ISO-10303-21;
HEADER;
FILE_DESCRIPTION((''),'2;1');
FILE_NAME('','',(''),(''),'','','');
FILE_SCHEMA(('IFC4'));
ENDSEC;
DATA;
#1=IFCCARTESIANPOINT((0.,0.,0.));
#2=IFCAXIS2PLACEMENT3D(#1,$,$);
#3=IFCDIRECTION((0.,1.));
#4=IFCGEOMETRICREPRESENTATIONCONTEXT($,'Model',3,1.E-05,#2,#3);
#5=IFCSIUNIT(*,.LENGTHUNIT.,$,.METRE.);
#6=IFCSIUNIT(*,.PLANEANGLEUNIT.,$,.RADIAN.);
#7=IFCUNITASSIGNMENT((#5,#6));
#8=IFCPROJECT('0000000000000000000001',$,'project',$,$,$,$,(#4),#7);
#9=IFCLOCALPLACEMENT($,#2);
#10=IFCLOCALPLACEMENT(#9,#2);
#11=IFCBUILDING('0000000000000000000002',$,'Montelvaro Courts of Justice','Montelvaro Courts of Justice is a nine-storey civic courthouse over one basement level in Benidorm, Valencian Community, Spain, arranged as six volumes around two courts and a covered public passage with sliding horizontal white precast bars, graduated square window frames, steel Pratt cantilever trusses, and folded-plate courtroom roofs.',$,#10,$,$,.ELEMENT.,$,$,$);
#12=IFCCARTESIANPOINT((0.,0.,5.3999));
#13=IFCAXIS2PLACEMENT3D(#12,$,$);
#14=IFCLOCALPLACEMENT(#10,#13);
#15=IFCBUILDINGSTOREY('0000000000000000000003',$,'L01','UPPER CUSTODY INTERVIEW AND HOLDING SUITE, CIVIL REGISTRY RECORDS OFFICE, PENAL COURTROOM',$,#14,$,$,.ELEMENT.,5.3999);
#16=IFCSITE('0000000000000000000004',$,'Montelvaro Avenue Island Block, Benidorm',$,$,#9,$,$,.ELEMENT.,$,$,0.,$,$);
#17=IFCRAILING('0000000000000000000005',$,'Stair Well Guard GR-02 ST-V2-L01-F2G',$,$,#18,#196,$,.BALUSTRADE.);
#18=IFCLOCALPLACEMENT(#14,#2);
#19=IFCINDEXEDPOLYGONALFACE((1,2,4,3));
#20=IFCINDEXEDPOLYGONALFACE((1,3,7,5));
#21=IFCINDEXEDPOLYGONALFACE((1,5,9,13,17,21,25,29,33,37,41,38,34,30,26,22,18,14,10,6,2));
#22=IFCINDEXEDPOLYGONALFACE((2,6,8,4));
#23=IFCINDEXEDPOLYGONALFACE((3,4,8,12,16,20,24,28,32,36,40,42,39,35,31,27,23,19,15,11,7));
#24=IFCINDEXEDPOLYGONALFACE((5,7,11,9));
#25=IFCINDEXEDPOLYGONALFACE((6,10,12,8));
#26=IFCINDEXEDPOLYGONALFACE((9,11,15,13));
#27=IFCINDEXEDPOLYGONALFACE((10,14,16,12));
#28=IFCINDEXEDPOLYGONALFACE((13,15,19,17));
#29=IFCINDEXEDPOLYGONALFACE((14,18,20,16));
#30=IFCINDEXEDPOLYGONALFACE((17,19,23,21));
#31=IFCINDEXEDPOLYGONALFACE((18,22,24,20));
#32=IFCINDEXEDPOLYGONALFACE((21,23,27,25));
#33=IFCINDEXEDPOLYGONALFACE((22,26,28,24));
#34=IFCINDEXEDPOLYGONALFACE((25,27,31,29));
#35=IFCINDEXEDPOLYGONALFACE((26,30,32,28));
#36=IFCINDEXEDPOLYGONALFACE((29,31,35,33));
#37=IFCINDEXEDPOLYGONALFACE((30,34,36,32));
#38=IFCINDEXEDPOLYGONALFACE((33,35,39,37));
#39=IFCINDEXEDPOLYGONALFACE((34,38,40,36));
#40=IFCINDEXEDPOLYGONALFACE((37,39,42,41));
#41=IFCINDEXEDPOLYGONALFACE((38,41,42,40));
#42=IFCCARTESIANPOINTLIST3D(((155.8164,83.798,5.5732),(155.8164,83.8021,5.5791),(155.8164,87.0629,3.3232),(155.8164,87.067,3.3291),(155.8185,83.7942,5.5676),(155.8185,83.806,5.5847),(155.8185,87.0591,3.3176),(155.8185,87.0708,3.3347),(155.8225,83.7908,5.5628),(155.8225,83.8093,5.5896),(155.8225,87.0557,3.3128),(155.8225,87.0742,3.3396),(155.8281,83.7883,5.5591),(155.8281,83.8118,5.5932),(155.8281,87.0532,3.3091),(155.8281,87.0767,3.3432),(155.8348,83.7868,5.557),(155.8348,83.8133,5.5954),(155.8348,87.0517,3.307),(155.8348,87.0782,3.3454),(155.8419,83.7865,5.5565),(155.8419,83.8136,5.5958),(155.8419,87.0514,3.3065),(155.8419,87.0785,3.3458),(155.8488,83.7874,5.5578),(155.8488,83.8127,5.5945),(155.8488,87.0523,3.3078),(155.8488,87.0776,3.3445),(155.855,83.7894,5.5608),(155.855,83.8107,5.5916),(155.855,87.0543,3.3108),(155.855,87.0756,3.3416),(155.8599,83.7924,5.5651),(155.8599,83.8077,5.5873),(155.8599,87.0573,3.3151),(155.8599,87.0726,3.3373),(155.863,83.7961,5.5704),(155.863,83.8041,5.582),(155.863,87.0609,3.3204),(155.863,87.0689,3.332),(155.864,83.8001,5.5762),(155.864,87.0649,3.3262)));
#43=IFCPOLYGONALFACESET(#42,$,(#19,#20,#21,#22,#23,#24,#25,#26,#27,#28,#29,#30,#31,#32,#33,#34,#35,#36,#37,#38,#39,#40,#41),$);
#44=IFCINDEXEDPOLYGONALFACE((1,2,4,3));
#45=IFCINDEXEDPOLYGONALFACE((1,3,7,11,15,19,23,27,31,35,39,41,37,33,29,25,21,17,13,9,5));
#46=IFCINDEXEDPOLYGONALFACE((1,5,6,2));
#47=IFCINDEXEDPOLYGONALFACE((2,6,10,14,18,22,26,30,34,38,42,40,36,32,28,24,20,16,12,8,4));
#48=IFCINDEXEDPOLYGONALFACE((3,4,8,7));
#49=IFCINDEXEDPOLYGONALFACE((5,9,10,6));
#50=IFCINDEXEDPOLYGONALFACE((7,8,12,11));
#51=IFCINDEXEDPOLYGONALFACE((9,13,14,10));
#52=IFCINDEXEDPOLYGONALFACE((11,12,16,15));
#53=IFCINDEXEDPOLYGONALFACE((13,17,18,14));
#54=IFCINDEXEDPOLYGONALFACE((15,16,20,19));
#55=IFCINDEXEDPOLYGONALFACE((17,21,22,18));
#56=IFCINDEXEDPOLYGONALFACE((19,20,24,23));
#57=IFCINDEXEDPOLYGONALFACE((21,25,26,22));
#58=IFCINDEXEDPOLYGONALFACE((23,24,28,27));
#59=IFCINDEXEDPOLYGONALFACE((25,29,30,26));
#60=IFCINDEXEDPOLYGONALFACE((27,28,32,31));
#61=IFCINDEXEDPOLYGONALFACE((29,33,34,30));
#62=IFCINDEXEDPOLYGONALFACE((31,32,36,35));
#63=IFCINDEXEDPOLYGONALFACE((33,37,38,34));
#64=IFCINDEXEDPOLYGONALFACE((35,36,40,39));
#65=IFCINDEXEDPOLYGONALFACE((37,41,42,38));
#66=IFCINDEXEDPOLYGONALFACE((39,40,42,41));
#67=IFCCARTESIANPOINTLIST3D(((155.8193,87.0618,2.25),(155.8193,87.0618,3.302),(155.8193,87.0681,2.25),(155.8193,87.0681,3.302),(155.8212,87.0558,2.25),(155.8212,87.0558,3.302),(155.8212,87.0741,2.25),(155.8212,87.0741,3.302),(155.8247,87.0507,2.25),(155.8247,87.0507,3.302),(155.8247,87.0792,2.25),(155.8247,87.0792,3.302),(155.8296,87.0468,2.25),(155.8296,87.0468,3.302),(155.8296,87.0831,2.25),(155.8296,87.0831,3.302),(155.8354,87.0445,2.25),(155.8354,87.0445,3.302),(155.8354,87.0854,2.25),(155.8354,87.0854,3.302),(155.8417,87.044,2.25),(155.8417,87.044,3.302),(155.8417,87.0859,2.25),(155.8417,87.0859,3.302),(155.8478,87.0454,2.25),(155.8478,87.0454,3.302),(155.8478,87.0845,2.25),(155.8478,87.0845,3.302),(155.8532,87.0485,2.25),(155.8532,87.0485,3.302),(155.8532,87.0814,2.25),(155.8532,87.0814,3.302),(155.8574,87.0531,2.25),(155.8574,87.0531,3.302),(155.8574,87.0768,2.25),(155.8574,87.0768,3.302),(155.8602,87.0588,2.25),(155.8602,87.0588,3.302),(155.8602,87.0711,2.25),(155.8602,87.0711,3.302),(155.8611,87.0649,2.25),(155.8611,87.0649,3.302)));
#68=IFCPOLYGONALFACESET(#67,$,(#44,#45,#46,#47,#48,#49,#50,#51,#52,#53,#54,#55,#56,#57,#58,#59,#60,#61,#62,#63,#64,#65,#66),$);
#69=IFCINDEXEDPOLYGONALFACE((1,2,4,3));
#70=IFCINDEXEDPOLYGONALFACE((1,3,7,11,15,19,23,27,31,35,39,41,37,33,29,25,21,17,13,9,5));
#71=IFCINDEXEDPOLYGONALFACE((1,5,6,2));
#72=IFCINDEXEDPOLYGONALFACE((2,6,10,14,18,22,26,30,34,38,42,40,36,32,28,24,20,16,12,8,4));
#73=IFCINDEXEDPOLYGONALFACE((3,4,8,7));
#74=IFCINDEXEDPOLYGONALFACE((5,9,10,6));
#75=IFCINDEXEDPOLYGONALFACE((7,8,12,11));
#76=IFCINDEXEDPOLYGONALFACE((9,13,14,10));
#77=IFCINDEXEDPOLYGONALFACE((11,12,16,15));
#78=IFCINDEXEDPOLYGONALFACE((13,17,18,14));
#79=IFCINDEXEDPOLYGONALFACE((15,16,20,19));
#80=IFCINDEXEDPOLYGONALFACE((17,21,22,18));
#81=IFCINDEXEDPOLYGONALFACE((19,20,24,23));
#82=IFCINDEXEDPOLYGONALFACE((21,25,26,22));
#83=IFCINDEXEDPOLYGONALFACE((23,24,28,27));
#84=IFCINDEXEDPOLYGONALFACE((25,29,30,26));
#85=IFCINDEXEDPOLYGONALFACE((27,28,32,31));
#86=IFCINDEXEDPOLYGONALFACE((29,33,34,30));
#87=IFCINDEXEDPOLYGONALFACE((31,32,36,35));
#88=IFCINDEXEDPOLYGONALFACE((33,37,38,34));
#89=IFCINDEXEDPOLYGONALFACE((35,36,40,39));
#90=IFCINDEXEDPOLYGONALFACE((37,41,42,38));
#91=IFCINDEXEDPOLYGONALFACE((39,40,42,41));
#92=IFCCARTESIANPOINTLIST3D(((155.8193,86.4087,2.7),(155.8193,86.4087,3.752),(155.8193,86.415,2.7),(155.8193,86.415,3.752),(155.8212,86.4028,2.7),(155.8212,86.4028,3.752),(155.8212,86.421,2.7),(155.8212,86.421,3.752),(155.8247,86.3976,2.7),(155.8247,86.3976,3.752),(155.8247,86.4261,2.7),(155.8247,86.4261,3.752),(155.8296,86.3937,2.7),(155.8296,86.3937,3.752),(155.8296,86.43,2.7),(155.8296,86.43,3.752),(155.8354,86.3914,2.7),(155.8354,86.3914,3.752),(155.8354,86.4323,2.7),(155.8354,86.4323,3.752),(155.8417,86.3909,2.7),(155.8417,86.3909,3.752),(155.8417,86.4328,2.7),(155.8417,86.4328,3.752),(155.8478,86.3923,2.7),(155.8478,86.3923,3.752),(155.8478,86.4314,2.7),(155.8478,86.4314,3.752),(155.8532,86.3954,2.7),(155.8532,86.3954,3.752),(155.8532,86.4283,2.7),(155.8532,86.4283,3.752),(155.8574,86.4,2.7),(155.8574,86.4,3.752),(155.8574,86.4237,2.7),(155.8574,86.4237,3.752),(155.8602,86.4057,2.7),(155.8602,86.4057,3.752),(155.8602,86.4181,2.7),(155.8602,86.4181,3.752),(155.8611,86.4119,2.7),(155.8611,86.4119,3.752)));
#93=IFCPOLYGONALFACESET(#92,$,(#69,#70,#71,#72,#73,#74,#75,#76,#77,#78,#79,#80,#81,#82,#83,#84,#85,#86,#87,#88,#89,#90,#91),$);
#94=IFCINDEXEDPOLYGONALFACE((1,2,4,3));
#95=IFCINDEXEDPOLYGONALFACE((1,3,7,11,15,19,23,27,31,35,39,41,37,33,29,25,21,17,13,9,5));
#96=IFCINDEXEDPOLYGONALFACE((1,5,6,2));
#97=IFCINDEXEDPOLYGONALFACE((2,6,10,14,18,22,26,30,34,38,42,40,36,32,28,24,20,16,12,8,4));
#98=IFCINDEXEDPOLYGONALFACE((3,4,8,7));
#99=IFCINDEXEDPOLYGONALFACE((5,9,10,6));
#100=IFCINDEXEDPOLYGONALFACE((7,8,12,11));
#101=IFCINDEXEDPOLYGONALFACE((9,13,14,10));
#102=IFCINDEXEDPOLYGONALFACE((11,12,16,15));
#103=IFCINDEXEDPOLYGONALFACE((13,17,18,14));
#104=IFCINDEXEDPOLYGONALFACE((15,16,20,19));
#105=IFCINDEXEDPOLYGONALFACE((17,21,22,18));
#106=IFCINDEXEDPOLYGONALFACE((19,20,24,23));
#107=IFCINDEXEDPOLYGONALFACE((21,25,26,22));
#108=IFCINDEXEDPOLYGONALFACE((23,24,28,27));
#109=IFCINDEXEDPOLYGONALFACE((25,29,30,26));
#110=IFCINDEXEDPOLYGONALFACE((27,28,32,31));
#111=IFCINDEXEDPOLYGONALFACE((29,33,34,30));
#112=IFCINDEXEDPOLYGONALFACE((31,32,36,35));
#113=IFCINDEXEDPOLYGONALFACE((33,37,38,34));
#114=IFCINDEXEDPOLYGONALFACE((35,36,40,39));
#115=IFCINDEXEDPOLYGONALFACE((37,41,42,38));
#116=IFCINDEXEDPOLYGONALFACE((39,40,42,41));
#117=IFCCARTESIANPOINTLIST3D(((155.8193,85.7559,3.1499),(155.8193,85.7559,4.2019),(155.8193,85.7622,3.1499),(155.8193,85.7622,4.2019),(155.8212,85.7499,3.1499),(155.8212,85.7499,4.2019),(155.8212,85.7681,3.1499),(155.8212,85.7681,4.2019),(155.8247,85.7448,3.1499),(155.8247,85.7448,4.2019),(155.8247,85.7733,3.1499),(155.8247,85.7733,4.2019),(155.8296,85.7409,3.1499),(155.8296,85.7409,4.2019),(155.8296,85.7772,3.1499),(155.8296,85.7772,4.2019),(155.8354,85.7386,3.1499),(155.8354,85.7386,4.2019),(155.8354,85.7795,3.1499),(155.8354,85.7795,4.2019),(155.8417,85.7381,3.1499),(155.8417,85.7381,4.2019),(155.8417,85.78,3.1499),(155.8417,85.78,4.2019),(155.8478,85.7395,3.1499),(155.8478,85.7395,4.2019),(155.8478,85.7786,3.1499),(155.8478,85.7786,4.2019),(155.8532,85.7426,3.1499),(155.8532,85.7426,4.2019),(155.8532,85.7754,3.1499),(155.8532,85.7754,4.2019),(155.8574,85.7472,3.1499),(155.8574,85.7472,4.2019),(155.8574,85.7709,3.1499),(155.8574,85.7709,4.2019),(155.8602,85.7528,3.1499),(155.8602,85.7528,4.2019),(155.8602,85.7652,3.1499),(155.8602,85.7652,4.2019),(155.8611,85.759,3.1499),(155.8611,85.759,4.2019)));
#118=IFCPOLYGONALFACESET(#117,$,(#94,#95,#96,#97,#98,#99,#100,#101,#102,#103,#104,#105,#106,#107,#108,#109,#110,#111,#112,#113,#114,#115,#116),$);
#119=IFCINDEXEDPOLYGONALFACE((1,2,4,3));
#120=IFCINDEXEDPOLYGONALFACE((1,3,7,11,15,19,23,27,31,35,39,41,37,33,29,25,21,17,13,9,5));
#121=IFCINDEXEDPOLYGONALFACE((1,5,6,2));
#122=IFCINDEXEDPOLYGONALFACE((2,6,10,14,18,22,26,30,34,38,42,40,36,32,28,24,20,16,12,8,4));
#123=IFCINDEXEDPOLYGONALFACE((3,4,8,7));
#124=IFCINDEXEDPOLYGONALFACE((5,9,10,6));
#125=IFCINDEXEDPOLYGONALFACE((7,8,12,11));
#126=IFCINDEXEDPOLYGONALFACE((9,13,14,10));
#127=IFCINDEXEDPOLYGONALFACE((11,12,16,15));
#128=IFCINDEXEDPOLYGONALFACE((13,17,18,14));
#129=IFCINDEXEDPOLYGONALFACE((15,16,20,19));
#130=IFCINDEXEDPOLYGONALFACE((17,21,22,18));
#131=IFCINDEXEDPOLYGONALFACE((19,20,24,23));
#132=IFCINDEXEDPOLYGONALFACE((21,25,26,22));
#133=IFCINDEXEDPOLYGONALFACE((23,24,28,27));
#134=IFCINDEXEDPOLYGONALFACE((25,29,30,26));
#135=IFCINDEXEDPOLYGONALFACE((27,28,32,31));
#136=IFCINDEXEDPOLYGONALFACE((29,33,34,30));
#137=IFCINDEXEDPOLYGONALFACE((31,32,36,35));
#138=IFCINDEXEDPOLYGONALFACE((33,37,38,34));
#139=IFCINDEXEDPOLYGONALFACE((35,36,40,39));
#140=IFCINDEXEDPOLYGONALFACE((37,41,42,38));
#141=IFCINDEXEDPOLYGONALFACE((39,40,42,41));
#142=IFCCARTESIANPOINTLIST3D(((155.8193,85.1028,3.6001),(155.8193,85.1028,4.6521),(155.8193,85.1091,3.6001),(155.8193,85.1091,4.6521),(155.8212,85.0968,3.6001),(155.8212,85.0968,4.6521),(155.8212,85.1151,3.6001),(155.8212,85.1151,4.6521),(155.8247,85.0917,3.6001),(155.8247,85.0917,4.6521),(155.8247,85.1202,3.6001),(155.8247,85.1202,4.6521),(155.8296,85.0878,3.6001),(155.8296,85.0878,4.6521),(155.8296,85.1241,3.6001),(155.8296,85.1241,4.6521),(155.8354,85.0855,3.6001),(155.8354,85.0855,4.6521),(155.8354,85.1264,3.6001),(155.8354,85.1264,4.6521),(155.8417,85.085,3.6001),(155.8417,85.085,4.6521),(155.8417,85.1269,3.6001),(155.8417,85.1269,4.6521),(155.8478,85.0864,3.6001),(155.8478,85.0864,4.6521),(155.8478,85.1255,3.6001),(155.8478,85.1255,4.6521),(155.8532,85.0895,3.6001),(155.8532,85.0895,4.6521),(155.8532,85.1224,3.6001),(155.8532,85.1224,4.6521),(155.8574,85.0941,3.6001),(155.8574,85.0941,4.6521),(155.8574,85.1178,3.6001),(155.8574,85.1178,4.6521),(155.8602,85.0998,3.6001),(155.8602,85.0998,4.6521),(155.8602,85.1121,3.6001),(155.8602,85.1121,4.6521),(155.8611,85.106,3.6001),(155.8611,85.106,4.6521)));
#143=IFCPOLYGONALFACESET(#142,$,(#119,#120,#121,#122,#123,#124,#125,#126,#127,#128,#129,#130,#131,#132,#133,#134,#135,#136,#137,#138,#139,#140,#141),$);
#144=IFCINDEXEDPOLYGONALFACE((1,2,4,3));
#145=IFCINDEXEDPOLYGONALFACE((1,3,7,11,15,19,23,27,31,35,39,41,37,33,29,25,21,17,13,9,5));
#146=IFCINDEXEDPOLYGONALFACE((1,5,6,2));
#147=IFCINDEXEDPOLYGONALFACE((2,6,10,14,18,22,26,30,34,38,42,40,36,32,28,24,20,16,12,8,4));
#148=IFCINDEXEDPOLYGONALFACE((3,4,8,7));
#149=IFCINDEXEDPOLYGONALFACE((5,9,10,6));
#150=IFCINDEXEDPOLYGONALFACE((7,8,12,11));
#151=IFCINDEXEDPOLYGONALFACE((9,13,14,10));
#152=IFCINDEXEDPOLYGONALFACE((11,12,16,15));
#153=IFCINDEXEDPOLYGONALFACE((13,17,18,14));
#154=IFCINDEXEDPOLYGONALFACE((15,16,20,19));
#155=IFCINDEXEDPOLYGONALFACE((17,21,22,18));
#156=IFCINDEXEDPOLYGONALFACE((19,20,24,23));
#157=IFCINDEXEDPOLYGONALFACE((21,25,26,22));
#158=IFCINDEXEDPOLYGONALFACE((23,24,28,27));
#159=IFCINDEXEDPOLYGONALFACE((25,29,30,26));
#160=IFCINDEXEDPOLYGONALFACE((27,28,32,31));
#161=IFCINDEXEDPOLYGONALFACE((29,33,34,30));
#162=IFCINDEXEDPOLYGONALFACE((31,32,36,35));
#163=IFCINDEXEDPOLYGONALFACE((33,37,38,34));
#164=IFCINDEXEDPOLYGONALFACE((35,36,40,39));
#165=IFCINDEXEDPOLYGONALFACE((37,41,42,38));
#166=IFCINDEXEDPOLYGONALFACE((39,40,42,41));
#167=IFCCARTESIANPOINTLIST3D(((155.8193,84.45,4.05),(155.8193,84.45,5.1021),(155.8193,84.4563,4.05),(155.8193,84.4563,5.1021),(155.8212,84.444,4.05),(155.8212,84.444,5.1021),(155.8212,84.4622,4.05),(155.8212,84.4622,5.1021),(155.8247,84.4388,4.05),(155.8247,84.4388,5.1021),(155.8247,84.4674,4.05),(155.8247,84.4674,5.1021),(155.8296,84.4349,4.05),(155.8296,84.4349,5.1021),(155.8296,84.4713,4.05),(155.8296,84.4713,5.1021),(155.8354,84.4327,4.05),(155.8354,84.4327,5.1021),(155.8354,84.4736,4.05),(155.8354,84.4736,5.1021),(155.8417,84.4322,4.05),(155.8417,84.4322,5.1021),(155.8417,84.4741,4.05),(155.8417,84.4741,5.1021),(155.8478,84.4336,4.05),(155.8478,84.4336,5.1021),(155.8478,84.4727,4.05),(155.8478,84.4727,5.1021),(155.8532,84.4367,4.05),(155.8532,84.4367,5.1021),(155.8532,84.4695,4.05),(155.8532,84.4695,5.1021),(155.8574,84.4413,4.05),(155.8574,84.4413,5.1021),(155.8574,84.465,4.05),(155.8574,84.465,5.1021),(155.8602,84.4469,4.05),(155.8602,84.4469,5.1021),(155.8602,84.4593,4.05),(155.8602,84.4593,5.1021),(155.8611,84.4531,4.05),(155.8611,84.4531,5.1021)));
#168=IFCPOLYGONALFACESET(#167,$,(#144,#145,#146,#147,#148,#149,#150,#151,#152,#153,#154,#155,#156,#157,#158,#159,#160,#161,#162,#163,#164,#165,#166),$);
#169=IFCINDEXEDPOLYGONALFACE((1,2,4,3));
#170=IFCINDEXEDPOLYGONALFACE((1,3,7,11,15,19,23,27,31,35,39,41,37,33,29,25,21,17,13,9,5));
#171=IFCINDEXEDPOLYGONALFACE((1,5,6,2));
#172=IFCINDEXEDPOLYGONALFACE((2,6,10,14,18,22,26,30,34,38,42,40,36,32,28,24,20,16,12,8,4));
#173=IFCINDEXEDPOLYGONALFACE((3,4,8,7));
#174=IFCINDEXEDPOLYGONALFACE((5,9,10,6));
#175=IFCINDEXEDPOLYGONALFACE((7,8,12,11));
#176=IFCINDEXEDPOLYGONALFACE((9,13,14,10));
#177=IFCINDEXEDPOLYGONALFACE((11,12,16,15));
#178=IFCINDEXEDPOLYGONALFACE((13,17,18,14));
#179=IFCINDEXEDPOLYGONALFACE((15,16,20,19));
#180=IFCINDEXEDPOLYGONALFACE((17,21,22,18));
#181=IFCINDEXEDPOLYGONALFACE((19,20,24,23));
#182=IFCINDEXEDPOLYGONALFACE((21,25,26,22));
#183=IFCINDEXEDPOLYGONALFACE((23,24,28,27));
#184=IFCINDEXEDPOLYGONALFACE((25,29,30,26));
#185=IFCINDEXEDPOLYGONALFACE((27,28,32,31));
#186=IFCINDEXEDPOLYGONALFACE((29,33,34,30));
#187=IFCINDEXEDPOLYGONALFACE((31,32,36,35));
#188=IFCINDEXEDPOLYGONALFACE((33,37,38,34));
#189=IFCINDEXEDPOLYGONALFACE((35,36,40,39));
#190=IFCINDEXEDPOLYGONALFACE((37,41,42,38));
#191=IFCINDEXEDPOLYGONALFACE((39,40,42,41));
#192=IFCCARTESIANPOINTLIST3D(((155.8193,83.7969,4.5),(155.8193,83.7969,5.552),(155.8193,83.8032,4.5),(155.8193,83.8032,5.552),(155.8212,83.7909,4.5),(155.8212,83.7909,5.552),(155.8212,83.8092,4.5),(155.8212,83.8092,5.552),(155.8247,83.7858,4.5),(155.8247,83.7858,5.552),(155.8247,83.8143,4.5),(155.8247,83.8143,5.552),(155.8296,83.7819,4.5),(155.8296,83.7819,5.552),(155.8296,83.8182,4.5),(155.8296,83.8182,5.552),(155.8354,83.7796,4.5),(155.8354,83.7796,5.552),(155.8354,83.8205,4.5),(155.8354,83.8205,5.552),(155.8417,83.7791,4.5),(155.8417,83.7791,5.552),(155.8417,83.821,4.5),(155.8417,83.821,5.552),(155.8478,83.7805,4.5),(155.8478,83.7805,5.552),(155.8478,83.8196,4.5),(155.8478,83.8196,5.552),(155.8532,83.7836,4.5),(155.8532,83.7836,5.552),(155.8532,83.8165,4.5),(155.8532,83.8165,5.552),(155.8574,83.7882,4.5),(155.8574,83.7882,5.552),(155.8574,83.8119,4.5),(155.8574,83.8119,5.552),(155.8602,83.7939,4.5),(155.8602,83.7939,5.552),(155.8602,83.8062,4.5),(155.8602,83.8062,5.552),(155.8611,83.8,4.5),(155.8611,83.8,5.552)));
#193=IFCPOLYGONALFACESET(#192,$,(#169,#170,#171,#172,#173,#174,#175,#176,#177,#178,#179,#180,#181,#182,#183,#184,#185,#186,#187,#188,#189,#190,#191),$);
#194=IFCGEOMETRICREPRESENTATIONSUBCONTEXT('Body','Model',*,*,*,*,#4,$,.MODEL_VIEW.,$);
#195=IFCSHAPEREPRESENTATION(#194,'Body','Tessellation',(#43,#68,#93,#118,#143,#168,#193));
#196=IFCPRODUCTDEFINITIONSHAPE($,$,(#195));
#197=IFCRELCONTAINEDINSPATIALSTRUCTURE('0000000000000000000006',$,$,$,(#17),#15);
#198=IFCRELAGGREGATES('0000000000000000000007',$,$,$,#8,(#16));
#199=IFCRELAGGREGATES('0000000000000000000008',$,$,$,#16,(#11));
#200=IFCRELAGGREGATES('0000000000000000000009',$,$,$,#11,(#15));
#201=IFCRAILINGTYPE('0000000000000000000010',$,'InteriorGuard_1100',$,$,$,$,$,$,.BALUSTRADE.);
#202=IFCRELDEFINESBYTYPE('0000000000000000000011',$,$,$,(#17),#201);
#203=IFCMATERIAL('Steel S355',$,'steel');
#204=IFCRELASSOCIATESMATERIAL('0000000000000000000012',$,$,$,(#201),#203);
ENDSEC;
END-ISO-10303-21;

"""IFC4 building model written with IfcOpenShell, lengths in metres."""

from ifc_helpers import new_model, si_unit, direction, frame, origin, origin_2d, place, context, subcontext, project, spatial, circle, extrude, material, type_object, element, save


model = new_model("IFC4")

# Units and contexts
model_context = context("Model", 3, precision=1e-05, world=origin(), true_north=direction((0.0, 1.0)))
body_context = subcontext(model_context, "Body", "Model", "MODEL_VIEW")
ifc_project = project(units=[si_unit("LENGTHUNIT", "METRE"), si_unit("PLANEANGLEUNIT", "RADIAN")], contexts=[model_context])

# Site, building, storey
site_placement = place(None, origin())
site = spatial("IfcSite", under=ifc_project, at=site_placement, Name="Montelvaro Avenue Island Block, Benidorm", CompositionType="ELEMENT", RefElevation=0.0)
building_placement = place(site_placement, origin())
building = spatial("IfcBuilding", under=site, at=building_placement, Name="Montelvaro Courts of Justice", Description="Montelvaro Courts of Justice is a nine-storey civic courthouse over one basement level in Benidorm, Valencian Community, Spain, arranged as six volumes around two courts and a covered public passage with sliding horizontal white precast bars, graduated square window frames, steel Pratt cantilever trusses, and folded-plate courtroom roofs.", CompositionType="ELEMENT")
storey_placement = place(building_placement, frame((0.0, 0.0, 5.3999)))
storey = spatial("IfcBuildingStorey", under=building, at=storey_placement, Name="L01", Description="UPPER CUSTODY INTERVIEW AND HOLDING SUITE, CIVIL REGISTRY RECORDS OFFICE, PENAL COURTROOM", CompositionType="ELEMENT", Elevation=5.3999)

# Shared definitions
ifc_material_1 = material(Name="Steel S355", Category="steel")

# Railing
railing_type_1 = type_object("IfcRailingType", Name="InteriorGuard_1100", PredefinedType="BALUSTRADE", material=ifc_material_1)
railing_1_placement = place(storey_placement, frame((155.8401, 87.0649, 2.25)))
element("IfcRailing", 1, at=railing_1_placement, inside=storey, type_object=railing_type_1, Name="Stair Well Guard GR-02 ST-V2-L01-F2G", PredefinedType="BALUSTRADE", context=body_context, shape_type="SweptSolid", body=[
    extrude(circle(Radius=0.0239, at=origin_2d()), frame((0.0, 0.0, 1.0762), z_axis=(0.0, -0.823407, 0.567451), x_axis=(1.0, 0.0, 0.0)), (0.0, 0.0, 1.0), 3.9651),
    extrude(circle(Radius=0.021, at=origin_2d()), origin(), (0.0, 0.0, 1.0), 1.052),
    extrude(circle(Radius=0.021, at=origin_2d()), frame((0.0, -0.6531, 0.45)), (0.0, 0.0, 1.0), 1.052),
    extrude(circle(Radius=0.021, at=origin_2d()), frame((0.0, -1.3059, 0.8999)), (0.0, 0.0, 1.0), 1.052),
    extrude(circle(Radius=0.021, at=origin_2d()), frame((0.0, -1.959, 1.3501)), (0.0, 0.0, 1.0), 1.052),
    extrude(circle(Radius=0.021, at=origin_2d()), frame((0.0, -2.6118, 1.8)), (0.0, 0.0, 1.0), 1.052),
    extrude(circle(Radius=0.021, at=origin_2d()), frame((0.0, -3.2649, 2.25)), (0.0, 0.0, 1.0), 1.052),
])

save(model, "model.ifc")
